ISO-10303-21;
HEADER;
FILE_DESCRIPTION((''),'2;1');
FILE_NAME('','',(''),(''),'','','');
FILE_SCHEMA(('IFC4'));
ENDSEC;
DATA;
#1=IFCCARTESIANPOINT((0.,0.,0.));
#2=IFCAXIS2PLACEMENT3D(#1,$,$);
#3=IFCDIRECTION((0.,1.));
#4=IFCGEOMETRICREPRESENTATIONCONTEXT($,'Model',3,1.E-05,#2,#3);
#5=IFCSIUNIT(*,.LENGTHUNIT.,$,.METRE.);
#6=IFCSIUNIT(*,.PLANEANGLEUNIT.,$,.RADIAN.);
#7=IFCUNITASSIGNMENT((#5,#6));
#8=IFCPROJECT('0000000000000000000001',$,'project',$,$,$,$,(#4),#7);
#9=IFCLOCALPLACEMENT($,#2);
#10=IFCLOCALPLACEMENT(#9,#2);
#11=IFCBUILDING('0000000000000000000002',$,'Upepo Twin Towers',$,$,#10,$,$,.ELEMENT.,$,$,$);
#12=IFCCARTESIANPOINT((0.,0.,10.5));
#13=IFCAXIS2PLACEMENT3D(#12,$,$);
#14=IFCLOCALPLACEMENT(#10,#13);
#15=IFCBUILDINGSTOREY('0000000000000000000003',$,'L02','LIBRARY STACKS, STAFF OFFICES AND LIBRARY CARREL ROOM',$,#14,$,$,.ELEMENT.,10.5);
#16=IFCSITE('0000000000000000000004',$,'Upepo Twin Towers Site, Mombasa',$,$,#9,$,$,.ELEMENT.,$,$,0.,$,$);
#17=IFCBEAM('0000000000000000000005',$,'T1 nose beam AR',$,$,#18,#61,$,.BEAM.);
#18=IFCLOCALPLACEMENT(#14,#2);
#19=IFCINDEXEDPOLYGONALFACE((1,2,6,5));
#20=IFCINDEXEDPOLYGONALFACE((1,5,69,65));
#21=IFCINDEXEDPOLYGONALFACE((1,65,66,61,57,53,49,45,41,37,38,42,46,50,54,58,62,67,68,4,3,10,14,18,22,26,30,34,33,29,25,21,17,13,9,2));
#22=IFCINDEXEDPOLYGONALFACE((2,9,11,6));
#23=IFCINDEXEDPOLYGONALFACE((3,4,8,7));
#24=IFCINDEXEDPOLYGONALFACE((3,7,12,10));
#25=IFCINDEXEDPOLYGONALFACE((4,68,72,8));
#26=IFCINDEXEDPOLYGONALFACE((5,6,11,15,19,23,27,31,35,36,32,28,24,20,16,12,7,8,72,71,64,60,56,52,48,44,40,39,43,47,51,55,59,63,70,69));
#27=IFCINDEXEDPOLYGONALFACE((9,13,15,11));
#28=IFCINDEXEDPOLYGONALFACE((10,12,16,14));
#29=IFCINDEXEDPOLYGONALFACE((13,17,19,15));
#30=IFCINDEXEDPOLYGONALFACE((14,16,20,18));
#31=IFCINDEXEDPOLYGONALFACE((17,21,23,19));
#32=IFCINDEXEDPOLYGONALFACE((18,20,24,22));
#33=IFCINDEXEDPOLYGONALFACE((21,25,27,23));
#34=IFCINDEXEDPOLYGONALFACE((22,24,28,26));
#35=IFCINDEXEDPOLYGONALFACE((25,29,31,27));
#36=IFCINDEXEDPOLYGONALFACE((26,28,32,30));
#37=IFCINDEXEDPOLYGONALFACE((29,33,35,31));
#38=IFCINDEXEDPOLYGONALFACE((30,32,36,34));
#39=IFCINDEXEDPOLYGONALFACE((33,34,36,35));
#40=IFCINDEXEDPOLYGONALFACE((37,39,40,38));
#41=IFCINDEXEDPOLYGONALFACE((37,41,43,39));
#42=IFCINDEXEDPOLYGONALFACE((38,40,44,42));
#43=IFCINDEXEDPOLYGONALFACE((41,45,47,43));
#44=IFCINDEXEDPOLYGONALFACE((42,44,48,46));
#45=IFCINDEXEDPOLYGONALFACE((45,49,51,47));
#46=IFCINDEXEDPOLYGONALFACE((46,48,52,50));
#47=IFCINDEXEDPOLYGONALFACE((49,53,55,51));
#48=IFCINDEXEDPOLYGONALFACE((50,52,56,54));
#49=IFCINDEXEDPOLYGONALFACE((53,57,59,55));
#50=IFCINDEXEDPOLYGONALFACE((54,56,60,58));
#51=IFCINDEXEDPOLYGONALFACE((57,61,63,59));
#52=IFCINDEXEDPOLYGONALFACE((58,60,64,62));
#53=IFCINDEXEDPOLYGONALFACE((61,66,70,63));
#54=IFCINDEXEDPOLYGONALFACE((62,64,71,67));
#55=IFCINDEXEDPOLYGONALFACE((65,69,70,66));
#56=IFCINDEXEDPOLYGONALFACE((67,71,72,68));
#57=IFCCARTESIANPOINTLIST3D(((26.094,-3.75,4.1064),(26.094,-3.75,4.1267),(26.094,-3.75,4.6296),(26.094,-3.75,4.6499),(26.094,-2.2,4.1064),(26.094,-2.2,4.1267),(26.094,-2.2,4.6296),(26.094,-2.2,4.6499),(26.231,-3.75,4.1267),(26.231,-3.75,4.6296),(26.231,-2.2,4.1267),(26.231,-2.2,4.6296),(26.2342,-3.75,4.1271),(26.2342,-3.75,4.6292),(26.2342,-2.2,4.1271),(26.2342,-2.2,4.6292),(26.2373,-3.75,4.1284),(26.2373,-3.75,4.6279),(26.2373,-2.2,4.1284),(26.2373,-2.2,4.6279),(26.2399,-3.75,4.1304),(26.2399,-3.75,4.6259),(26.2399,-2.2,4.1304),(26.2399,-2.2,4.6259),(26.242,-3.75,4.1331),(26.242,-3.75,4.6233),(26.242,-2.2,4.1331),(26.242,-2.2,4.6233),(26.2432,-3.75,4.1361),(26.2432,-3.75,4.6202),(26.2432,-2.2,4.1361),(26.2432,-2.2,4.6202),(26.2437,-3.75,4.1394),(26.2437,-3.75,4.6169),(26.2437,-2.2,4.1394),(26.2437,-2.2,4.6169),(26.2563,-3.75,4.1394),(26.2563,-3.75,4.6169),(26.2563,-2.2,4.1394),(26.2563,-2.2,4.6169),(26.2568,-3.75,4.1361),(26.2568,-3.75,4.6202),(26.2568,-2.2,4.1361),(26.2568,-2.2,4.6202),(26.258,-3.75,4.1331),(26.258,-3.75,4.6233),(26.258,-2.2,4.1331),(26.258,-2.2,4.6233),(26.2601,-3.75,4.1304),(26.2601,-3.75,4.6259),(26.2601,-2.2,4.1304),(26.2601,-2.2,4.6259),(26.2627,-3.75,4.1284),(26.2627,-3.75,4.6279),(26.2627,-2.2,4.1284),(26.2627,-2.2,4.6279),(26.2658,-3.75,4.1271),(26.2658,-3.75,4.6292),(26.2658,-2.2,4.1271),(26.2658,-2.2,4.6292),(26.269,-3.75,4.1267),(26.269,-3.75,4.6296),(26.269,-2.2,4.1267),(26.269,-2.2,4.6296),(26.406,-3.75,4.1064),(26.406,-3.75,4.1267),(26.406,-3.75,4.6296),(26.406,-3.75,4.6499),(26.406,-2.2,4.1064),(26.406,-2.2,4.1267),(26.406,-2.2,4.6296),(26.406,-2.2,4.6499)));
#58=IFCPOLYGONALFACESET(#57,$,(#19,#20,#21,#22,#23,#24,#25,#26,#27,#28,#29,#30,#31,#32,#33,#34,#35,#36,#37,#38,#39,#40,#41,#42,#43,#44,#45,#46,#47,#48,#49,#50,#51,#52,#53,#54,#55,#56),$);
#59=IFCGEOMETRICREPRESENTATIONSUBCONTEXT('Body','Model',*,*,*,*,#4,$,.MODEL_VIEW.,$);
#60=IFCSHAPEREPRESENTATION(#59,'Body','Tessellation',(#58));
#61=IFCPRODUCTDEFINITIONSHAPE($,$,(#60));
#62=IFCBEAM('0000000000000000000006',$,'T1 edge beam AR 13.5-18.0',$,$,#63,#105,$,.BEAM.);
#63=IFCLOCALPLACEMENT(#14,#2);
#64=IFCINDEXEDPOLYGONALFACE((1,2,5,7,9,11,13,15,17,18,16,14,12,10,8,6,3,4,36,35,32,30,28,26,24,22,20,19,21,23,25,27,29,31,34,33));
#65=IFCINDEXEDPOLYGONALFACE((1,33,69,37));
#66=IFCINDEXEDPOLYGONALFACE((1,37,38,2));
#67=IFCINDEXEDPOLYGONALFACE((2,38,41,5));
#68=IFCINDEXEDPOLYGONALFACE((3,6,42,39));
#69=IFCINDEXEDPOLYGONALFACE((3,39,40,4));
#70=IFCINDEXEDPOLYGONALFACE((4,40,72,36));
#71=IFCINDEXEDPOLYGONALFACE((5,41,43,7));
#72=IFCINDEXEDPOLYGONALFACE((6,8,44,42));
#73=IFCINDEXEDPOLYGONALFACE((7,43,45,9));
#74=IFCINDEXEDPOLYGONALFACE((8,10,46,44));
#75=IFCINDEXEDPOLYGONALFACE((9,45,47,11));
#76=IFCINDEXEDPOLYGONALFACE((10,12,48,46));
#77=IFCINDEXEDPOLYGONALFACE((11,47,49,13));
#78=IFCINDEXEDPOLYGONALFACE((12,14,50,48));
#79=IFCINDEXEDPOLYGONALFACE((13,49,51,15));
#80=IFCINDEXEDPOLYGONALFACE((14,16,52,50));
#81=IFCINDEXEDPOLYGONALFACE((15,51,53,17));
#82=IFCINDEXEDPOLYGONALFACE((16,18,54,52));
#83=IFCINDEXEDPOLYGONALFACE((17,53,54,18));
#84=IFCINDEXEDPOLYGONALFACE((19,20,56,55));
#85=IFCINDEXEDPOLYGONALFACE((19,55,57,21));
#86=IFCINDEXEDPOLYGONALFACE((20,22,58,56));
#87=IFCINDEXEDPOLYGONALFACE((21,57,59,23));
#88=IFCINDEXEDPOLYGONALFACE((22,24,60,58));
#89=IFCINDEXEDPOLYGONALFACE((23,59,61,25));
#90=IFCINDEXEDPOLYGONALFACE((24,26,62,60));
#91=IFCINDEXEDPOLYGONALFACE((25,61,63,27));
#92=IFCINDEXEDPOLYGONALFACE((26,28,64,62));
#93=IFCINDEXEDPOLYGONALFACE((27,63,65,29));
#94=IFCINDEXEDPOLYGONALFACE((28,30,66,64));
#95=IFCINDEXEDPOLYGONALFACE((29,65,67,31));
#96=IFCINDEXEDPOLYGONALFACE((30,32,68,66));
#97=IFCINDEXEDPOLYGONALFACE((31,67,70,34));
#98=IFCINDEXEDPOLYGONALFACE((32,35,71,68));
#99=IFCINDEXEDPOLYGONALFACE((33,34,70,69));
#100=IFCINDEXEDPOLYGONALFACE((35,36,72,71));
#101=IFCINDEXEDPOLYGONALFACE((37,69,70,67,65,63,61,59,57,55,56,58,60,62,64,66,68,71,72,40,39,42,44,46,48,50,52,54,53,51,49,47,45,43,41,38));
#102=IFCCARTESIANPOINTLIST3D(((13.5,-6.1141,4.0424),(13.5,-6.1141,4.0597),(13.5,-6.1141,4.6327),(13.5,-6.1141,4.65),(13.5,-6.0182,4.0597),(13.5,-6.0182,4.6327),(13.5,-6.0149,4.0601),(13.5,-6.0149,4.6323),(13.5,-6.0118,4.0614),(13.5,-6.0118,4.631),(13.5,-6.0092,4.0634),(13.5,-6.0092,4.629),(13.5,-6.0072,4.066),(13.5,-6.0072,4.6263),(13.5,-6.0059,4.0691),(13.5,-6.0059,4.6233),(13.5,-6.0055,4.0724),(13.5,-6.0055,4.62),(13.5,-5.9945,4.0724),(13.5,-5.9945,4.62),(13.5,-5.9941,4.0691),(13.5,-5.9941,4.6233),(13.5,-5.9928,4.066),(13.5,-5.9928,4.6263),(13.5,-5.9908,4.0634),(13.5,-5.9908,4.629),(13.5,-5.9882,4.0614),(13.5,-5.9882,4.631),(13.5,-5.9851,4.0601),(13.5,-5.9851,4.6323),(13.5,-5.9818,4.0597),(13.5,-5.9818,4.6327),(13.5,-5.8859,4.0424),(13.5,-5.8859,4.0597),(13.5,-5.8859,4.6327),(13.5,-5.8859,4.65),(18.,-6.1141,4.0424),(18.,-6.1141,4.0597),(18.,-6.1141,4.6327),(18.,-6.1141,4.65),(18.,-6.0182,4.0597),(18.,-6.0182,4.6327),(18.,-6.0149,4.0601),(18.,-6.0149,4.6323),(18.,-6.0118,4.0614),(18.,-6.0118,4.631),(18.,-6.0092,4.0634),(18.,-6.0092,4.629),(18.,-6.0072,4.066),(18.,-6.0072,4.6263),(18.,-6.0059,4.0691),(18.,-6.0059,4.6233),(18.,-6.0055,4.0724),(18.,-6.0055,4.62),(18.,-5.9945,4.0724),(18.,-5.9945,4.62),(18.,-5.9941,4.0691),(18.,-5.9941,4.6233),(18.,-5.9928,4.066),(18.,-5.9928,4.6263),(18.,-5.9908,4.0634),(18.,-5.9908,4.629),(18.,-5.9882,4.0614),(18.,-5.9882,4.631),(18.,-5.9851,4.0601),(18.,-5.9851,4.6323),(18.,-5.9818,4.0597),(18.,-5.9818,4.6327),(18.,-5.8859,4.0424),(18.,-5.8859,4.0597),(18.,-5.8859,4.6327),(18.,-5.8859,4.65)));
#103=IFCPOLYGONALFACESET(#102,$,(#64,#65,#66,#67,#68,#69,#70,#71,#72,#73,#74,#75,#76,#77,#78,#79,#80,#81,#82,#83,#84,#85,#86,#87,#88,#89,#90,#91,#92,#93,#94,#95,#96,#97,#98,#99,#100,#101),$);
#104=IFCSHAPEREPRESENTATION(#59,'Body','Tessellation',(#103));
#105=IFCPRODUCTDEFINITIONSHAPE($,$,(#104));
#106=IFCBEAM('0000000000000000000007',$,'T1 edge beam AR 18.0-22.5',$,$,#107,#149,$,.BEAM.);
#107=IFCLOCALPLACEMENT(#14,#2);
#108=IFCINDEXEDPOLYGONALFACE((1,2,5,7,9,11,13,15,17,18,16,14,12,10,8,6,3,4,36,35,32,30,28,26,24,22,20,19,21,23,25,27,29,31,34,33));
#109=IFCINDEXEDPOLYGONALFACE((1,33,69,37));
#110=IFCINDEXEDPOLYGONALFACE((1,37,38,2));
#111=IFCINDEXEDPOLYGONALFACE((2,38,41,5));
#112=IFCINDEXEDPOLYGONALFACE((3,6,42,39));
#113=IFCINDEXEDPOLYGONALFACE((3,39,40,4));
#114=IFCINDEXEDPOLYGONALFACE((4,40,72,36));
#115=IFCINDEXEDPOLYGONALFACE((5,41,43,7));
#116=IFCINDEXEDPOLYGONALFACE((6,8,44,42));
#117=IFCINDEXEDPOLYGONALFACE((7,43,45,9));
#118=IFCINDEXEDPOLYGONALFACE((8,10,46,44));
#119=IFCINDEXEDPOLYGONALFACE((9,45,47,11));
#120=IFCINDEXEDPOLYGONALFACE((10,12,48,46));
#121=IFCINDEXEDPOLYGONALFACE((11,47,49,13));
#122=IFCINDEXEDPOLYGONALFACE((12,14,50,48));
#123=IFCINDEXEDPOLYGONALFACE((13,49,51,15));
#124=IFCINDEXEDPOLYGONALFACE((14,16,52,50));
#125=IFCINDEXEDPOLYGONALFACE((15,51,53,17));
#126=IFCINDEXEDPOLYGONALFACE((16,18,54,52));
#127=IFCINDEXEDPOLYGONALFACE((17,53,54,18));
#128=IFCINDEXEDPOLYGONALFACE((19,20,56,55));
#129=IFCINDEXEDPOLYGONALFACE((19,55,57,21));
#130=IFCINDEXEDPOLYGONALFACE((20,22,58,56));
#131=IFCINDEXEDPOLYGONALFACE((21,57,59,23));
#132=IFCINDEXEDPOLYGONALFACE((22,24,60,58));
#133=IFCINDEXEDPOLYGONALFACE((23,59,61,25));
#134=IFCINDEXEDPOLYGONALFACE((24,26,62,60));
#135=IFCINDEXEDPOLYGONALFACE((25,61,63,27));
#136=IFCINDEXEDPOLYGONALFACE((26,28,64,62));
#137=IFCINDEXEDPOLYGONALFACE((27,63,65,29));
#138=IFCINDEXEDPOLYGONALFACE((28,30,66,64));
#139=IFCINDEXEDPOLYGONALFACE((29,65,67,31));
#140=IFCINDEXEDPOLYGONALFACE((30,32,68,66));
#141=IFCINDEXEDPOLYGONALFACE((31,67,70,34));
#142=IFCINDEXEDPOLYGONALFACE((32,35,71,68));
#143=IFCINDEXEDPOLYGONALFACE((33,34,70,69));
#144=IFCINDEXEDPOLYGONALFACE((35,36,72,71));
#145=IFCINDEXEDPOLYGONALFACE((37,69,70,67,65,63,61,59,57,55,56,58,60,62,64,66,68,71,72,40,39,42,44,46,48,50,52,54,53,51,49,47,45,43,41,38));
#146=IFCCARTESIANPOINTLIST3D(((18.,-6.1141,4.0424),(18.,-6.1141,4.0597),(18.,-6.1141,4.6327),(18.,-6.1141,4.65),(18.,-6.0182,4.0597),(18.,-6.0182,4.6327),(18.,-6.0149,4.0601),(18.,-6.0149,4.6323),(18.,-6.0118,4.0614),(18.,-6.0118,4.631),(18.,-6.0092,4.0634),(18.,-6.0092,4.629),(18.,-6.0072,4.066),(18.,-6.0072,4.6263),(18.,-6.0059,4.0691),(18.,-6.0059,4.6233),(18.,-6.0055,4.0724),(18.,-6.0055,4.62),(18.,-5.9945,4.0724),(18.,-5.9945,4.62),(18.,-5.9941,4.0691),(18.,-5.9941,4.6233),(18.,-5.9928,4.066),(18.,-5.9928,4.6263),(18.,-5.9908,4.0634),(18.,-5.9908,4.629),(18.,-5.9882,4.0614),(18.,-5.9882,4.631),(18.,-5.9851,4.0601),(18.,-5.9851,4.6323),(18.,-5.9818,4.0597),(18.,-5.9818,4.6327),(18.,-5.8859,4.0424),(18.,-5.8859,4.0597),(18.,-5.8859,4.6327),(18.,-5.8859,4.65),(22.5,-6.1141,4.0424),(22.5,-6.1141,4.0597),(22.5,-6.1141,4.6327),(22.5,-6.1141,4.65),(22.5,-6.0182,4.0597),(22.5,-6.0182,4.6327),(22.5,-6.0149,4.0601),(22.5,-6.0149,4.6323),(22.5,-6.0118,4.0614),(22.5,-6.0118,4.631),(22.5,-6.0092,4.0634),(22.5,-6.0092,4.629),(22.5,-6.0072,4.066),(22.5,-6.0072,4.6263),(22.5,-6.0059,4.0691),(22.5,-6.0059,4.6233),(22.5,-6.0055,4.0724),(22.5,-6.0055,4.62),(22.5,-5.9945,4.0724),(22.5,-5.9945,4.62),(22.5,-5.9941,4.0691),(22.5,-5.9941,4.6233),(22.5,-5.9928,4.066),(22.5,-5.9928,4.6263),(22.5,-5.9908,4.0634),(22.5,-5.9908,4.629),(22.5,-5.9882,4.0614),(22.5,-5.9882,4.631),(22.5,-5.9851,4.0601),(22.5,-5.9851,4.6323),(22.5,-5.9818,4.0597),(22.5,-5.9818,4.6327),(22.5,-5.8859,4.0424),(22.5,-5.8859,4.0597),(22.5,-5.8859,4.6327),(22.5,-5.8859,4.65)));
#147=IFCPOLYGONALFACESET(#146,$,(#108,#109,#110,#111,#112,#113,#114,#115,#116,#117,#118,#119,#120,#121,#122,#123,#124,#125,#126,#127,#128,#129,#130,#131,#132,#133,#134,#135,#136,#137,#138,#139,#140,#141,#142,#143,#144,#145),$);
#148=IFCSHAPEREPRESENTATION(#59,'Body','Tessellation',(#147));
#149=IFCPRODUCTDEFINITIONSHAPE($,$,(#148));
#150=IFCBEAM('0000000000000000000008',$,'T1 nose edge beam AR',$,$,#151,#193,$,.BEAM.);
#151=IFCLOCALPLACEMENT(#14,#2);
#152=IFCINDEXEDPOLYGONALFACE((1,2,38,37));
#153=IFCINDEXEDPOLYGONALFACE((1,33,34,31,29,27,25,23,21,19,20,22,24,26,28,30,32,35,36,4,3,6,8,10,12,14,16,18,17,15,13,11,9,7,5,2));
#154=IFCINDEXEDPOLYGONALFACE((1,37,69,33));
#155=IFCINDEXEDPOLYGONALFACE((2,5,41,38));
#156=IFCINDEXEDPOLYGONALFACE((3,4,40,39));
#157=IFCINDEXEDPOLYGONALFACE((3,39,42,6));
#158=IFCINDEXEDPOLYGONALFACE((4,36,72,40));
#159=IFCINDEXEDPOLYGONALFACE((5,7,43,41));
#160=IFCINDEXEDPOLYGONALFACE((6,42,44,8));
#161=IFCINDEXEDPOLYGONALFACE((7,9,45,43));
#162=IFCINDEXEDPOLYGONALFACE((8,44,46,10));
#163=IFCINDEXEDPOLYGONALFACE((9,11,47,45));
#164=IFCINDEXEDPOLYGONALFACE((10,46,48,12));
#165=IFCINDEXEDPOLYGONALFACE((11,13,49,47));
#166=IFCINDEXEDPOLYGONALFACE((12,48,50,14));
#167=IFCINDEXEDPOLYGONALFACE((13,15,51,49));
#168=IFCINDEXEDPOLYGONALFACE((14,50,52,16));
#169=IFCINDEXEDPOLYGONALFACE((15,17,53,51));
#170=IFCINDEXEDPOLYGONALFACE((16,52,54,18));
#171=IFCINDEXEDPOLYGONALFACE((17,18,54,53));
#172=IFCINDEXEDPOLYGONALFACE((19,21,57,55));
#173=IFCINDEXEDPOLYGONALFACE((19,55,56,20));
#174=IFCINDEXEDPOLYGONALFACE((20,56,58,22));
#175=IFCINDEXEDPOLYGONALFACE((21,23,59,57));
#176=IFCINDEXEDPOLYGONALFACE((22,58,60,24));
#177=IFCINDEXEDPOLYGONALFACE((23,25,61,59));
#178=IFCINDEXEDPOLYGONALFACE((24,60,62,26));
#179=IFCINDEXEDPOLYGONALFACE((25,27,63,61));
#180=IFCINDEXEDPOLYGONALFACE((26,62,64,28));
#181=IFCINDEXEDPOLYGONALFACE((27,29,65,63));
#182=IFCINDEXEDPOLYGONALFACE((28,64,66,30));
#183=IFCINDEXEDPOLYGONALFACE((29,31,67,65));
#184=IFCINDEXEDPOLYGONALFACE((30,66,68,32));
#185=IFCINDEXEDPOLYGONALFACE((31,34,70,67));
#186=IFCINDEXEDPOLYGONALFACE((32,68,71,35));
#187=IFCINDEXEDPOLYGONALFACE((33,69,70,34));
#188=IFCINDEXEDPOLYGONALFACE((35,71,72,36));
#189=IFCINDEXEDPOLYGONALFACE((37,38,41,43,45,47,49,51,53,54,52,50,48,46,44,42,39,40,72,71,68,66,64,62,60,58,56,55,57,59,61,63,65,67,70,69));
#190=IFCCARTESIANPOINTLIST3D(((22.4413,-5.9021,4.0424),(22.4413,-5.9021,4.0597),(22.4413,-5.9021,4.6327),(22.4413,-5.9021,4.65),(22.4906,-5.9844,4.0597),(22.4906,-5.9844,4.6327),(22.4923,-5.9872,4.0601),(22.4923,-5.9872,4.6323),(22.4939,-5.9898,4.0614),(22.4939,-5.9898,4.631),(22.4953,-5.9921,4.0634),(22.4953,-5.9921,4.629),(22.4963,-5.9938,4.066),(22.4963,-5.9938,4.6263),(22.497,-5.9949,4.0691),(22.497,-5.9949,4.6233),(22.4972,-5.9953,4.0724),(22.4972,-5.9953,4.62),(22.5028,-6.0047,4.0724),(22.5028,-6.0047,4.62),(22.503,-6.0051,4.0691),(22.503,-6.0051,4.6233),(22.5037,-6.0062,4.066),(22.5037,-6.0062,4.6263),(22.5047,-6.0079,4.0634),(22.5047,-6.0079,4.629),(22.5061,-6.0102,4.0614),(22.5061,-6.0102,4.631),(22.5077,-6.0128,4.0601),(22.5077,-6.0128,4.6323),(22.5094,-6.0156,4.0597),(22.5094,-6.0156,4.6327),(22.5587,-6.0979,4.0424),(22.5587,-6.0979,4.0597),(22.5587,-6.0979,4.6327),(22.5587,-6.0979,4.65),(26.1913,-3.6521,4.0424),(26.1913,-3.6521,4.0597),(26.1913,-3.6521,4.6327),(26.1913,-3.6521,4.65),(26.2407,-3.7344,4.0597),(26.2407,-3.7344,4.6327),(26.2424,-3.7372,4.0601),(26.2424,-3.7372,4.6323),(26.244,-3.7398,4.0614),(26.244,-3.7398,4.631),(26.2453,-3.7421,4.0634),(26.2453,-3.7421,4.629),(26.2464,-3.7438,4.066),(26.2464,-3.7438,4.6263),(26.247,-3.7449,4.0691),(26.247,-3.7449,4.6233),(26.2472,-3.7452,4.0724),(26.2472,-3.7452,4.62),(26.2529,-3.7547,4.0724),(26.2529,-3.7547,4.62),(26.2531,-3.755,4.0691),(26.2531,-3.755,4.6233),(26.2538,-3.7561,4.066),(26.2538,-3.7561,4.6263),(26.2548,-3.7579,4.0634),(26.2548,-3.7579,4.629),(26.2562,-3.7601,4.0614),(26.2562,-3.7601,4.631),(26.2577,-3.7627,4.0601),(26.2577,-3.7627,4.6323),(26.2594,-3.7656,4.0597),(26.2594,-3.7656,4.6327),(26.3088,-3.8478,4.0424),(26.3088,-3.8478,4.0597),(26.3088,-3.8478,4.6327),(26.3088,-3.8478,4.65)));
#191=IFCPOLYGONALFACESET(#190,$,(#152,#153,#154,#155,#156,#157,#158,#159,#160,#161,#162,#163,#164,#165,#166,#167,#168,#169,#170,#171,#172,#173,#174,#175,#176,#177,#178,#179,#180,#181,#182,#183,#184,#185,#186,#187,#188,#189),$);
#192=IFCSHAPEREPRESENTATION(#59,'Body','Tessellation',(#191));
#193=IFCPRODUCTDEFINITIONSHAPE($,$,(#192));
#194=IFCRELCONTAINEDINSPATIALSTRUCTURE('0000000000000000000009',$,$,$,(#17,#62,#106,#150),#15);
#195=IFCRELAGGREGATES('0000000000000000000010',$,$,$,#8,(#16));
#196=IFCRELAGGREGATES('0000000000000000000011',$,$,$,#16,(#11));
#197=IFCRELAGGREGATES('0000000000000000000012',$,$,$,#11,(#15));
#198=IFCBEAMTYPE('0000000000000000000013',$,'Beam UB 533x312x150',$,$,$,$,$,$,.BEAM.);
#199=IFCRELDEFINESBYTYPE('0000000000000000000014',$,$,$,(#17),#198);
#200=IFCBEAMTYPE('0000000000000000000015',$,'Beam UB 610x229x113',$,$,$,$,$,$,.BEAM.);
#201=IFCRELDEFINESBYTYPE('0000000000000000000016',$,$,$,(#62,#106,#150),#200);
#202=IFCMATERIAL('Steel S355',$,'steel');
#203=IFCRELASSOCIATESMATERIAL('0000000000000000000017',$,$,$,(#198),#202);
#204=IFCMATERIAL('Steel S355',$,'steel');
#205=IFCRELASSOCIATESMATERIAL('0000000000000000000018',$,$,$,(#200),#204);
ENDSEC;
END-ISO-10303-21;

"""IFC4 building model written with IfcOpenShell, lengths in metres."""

from ifc_helpers import new_model, si_unit, direction, frame, origin, origin_2d, place, context, subcontext, project, spatial, i_section, extrude, material, material_profile, profile_set, type_object, element, save


model = new_model("IFC4")

# Units and contexts
model_context = context("Model", 3, precision=1e-05, world=origin(), true_north=direction((0.0, 1.0)))
body_context = subcontext(model_context, "Body", "Model", "MODEL_VIEW")
ifc_project = project(units=[si_unit("LENGTHUNIT", "METRE"), si_unit("PLANEANGLEUNIT", "RADIAN")], contexts=[model_context])

# Site, building, storey
site_placement = place(None, origin())
site = spatial("IfcSite", under=ifc_project, at=site_placement, Name="Upepo Twin Towers Site, Mombasa", CompositionType="ELEMENT", RefElevation=0.0)
building_placement = place(site_placement, origin())
building = spatial("IfcBuilding", under=site, at=building_placement, Name="Upepo Twin Towers", CompositionType="ELEMENT")
storey_placement = place(building_placement, frame((0.0, 0.0, 10.5)))
storey = spatial("IfcBuildingStorey", under=building, at=storey_placement, Name="L02", Description="LIBRARY STACKS, STAFF OFFICES AND LIBRARY CARREL ROOM", CompositionType="ELEMENT", Elevation=10.5)

# Beams
ifc_material_1 = material(Name="Steel S355", Category="steel")
ifc_material_profile_1 = material_profile(ifc_material_1, i_section(OverallWidth=0.312, OverallDepth=0.5435, WebThickness=0.0127, FlangeThickness=0.0203, FilletRadius=0.0127, at=origin_2d()), Name="UB 533x312x150")
ifc_profile_set_1 = profile_set([ifc_material_profile_1], Name="Steel S355")
beam_type_1 = type_object("IfcBeamType", Name="Beam UB 533x312x150", PredefinedType="BEAM", material=ifc_profile_set_1)
beam_1_placement = place(storey_placement, frame((26.25, -3.75, 4.3782), z_axis=(0.0, 1.0, 0.0), x_axis=(-1.0, 0.0, 0.0)))
element("IfcBeam", 1, at=beam_1_placement, inside=storey, type_object=beam_type_1, Name="T1 nose beam AR", PredefinedType="BEAM", context=body_context, shape_type="SweptSolid", body=[
    extrude(i_section(OverallWidth=0.312, OverallDepth=0.5435, WebThickness=0.0127, FlangeThickness=0.0203, FilletRadius=0.0127, at=origin_2d()), origin(), (0.0, 0.0, 1.0), 1.55),
])
ifc_material_2 = material(Name="Steel S355", Category="steel")
ifc_material_profile_2 = material_profile(ifc_material_2, i_section(OverallWidth=0.2283, OverallDepth=0.6077, WebThickness=0.011, FlangeThickness=0.0173, FilletRadius=0.0127, at=origin_2d()), Name="UB 610x229x113")
ifc_profile_set_2 = profile_set([ifc_material_profile_2], Name="Steel S355")
beam_type_2 = type_object("IfcBeamType", Name="Beam UB 610x229x113", PredefinedType="BEAM", material=ifc_profile_set_2)
for number, where, z_axis, x_axis, name in (
    (2, (13.5, -6.0, 4.3462), (1.0, 0.0, 0.0), (0.0, 1.0, 0.0), "T1 edge beam AR 13.5-18.0"),
    (3, (18.0, -6.0, 4.3462), (1.0, 0.0, 0.0), (0.0, 1.0, 0.0), "T1 edge beam AR 18.0-22.5"),
):
    element("IfcBeam", number, at=place(storey_placement, frame(where, z_axis=z_axis, x_axis=x_axis)), inside=storey, type_object=beam_type_2, Name=name, PredefinedType="BEAM", context=body_context, shape_type="SweptSolid", body=[
        extrude(i_section(OverallWidth=0.2283, OverallDepth=0.6077, WebThickness=0.011, FlangeThickness=0.0173, FilletRadius=0.0127, at=origin_2d()), origin(), (0.0, 0.0, 1.0), 4.5),
    ])
beam_2_placement = place(storey_placement, frame((22.5, -6.0, 4.3462), z_axis=(0.857493, 0.514496, 0.0), x_axis=(-0.514496, 0.857493, 0.0)))
element("IfcBeam", 4, at=beam_2_placement, inside=storey, type_object=beam_type_2, Name="T1 nose edge beam AR", PredefinedType="BEAM", context=body_context, shape_type="SweptSolid", body=[
    extrude(i_section(OverallWidth=0.2283, OverallDepth=0.6077, WebThickness=0.011, FlangeThickness=0.0173, FilletRadius=0.0127, at=origin_2d()), origin(), (0.0, 0.0, 1.0), 4.3733),
])

save(model, "model.ifc")
